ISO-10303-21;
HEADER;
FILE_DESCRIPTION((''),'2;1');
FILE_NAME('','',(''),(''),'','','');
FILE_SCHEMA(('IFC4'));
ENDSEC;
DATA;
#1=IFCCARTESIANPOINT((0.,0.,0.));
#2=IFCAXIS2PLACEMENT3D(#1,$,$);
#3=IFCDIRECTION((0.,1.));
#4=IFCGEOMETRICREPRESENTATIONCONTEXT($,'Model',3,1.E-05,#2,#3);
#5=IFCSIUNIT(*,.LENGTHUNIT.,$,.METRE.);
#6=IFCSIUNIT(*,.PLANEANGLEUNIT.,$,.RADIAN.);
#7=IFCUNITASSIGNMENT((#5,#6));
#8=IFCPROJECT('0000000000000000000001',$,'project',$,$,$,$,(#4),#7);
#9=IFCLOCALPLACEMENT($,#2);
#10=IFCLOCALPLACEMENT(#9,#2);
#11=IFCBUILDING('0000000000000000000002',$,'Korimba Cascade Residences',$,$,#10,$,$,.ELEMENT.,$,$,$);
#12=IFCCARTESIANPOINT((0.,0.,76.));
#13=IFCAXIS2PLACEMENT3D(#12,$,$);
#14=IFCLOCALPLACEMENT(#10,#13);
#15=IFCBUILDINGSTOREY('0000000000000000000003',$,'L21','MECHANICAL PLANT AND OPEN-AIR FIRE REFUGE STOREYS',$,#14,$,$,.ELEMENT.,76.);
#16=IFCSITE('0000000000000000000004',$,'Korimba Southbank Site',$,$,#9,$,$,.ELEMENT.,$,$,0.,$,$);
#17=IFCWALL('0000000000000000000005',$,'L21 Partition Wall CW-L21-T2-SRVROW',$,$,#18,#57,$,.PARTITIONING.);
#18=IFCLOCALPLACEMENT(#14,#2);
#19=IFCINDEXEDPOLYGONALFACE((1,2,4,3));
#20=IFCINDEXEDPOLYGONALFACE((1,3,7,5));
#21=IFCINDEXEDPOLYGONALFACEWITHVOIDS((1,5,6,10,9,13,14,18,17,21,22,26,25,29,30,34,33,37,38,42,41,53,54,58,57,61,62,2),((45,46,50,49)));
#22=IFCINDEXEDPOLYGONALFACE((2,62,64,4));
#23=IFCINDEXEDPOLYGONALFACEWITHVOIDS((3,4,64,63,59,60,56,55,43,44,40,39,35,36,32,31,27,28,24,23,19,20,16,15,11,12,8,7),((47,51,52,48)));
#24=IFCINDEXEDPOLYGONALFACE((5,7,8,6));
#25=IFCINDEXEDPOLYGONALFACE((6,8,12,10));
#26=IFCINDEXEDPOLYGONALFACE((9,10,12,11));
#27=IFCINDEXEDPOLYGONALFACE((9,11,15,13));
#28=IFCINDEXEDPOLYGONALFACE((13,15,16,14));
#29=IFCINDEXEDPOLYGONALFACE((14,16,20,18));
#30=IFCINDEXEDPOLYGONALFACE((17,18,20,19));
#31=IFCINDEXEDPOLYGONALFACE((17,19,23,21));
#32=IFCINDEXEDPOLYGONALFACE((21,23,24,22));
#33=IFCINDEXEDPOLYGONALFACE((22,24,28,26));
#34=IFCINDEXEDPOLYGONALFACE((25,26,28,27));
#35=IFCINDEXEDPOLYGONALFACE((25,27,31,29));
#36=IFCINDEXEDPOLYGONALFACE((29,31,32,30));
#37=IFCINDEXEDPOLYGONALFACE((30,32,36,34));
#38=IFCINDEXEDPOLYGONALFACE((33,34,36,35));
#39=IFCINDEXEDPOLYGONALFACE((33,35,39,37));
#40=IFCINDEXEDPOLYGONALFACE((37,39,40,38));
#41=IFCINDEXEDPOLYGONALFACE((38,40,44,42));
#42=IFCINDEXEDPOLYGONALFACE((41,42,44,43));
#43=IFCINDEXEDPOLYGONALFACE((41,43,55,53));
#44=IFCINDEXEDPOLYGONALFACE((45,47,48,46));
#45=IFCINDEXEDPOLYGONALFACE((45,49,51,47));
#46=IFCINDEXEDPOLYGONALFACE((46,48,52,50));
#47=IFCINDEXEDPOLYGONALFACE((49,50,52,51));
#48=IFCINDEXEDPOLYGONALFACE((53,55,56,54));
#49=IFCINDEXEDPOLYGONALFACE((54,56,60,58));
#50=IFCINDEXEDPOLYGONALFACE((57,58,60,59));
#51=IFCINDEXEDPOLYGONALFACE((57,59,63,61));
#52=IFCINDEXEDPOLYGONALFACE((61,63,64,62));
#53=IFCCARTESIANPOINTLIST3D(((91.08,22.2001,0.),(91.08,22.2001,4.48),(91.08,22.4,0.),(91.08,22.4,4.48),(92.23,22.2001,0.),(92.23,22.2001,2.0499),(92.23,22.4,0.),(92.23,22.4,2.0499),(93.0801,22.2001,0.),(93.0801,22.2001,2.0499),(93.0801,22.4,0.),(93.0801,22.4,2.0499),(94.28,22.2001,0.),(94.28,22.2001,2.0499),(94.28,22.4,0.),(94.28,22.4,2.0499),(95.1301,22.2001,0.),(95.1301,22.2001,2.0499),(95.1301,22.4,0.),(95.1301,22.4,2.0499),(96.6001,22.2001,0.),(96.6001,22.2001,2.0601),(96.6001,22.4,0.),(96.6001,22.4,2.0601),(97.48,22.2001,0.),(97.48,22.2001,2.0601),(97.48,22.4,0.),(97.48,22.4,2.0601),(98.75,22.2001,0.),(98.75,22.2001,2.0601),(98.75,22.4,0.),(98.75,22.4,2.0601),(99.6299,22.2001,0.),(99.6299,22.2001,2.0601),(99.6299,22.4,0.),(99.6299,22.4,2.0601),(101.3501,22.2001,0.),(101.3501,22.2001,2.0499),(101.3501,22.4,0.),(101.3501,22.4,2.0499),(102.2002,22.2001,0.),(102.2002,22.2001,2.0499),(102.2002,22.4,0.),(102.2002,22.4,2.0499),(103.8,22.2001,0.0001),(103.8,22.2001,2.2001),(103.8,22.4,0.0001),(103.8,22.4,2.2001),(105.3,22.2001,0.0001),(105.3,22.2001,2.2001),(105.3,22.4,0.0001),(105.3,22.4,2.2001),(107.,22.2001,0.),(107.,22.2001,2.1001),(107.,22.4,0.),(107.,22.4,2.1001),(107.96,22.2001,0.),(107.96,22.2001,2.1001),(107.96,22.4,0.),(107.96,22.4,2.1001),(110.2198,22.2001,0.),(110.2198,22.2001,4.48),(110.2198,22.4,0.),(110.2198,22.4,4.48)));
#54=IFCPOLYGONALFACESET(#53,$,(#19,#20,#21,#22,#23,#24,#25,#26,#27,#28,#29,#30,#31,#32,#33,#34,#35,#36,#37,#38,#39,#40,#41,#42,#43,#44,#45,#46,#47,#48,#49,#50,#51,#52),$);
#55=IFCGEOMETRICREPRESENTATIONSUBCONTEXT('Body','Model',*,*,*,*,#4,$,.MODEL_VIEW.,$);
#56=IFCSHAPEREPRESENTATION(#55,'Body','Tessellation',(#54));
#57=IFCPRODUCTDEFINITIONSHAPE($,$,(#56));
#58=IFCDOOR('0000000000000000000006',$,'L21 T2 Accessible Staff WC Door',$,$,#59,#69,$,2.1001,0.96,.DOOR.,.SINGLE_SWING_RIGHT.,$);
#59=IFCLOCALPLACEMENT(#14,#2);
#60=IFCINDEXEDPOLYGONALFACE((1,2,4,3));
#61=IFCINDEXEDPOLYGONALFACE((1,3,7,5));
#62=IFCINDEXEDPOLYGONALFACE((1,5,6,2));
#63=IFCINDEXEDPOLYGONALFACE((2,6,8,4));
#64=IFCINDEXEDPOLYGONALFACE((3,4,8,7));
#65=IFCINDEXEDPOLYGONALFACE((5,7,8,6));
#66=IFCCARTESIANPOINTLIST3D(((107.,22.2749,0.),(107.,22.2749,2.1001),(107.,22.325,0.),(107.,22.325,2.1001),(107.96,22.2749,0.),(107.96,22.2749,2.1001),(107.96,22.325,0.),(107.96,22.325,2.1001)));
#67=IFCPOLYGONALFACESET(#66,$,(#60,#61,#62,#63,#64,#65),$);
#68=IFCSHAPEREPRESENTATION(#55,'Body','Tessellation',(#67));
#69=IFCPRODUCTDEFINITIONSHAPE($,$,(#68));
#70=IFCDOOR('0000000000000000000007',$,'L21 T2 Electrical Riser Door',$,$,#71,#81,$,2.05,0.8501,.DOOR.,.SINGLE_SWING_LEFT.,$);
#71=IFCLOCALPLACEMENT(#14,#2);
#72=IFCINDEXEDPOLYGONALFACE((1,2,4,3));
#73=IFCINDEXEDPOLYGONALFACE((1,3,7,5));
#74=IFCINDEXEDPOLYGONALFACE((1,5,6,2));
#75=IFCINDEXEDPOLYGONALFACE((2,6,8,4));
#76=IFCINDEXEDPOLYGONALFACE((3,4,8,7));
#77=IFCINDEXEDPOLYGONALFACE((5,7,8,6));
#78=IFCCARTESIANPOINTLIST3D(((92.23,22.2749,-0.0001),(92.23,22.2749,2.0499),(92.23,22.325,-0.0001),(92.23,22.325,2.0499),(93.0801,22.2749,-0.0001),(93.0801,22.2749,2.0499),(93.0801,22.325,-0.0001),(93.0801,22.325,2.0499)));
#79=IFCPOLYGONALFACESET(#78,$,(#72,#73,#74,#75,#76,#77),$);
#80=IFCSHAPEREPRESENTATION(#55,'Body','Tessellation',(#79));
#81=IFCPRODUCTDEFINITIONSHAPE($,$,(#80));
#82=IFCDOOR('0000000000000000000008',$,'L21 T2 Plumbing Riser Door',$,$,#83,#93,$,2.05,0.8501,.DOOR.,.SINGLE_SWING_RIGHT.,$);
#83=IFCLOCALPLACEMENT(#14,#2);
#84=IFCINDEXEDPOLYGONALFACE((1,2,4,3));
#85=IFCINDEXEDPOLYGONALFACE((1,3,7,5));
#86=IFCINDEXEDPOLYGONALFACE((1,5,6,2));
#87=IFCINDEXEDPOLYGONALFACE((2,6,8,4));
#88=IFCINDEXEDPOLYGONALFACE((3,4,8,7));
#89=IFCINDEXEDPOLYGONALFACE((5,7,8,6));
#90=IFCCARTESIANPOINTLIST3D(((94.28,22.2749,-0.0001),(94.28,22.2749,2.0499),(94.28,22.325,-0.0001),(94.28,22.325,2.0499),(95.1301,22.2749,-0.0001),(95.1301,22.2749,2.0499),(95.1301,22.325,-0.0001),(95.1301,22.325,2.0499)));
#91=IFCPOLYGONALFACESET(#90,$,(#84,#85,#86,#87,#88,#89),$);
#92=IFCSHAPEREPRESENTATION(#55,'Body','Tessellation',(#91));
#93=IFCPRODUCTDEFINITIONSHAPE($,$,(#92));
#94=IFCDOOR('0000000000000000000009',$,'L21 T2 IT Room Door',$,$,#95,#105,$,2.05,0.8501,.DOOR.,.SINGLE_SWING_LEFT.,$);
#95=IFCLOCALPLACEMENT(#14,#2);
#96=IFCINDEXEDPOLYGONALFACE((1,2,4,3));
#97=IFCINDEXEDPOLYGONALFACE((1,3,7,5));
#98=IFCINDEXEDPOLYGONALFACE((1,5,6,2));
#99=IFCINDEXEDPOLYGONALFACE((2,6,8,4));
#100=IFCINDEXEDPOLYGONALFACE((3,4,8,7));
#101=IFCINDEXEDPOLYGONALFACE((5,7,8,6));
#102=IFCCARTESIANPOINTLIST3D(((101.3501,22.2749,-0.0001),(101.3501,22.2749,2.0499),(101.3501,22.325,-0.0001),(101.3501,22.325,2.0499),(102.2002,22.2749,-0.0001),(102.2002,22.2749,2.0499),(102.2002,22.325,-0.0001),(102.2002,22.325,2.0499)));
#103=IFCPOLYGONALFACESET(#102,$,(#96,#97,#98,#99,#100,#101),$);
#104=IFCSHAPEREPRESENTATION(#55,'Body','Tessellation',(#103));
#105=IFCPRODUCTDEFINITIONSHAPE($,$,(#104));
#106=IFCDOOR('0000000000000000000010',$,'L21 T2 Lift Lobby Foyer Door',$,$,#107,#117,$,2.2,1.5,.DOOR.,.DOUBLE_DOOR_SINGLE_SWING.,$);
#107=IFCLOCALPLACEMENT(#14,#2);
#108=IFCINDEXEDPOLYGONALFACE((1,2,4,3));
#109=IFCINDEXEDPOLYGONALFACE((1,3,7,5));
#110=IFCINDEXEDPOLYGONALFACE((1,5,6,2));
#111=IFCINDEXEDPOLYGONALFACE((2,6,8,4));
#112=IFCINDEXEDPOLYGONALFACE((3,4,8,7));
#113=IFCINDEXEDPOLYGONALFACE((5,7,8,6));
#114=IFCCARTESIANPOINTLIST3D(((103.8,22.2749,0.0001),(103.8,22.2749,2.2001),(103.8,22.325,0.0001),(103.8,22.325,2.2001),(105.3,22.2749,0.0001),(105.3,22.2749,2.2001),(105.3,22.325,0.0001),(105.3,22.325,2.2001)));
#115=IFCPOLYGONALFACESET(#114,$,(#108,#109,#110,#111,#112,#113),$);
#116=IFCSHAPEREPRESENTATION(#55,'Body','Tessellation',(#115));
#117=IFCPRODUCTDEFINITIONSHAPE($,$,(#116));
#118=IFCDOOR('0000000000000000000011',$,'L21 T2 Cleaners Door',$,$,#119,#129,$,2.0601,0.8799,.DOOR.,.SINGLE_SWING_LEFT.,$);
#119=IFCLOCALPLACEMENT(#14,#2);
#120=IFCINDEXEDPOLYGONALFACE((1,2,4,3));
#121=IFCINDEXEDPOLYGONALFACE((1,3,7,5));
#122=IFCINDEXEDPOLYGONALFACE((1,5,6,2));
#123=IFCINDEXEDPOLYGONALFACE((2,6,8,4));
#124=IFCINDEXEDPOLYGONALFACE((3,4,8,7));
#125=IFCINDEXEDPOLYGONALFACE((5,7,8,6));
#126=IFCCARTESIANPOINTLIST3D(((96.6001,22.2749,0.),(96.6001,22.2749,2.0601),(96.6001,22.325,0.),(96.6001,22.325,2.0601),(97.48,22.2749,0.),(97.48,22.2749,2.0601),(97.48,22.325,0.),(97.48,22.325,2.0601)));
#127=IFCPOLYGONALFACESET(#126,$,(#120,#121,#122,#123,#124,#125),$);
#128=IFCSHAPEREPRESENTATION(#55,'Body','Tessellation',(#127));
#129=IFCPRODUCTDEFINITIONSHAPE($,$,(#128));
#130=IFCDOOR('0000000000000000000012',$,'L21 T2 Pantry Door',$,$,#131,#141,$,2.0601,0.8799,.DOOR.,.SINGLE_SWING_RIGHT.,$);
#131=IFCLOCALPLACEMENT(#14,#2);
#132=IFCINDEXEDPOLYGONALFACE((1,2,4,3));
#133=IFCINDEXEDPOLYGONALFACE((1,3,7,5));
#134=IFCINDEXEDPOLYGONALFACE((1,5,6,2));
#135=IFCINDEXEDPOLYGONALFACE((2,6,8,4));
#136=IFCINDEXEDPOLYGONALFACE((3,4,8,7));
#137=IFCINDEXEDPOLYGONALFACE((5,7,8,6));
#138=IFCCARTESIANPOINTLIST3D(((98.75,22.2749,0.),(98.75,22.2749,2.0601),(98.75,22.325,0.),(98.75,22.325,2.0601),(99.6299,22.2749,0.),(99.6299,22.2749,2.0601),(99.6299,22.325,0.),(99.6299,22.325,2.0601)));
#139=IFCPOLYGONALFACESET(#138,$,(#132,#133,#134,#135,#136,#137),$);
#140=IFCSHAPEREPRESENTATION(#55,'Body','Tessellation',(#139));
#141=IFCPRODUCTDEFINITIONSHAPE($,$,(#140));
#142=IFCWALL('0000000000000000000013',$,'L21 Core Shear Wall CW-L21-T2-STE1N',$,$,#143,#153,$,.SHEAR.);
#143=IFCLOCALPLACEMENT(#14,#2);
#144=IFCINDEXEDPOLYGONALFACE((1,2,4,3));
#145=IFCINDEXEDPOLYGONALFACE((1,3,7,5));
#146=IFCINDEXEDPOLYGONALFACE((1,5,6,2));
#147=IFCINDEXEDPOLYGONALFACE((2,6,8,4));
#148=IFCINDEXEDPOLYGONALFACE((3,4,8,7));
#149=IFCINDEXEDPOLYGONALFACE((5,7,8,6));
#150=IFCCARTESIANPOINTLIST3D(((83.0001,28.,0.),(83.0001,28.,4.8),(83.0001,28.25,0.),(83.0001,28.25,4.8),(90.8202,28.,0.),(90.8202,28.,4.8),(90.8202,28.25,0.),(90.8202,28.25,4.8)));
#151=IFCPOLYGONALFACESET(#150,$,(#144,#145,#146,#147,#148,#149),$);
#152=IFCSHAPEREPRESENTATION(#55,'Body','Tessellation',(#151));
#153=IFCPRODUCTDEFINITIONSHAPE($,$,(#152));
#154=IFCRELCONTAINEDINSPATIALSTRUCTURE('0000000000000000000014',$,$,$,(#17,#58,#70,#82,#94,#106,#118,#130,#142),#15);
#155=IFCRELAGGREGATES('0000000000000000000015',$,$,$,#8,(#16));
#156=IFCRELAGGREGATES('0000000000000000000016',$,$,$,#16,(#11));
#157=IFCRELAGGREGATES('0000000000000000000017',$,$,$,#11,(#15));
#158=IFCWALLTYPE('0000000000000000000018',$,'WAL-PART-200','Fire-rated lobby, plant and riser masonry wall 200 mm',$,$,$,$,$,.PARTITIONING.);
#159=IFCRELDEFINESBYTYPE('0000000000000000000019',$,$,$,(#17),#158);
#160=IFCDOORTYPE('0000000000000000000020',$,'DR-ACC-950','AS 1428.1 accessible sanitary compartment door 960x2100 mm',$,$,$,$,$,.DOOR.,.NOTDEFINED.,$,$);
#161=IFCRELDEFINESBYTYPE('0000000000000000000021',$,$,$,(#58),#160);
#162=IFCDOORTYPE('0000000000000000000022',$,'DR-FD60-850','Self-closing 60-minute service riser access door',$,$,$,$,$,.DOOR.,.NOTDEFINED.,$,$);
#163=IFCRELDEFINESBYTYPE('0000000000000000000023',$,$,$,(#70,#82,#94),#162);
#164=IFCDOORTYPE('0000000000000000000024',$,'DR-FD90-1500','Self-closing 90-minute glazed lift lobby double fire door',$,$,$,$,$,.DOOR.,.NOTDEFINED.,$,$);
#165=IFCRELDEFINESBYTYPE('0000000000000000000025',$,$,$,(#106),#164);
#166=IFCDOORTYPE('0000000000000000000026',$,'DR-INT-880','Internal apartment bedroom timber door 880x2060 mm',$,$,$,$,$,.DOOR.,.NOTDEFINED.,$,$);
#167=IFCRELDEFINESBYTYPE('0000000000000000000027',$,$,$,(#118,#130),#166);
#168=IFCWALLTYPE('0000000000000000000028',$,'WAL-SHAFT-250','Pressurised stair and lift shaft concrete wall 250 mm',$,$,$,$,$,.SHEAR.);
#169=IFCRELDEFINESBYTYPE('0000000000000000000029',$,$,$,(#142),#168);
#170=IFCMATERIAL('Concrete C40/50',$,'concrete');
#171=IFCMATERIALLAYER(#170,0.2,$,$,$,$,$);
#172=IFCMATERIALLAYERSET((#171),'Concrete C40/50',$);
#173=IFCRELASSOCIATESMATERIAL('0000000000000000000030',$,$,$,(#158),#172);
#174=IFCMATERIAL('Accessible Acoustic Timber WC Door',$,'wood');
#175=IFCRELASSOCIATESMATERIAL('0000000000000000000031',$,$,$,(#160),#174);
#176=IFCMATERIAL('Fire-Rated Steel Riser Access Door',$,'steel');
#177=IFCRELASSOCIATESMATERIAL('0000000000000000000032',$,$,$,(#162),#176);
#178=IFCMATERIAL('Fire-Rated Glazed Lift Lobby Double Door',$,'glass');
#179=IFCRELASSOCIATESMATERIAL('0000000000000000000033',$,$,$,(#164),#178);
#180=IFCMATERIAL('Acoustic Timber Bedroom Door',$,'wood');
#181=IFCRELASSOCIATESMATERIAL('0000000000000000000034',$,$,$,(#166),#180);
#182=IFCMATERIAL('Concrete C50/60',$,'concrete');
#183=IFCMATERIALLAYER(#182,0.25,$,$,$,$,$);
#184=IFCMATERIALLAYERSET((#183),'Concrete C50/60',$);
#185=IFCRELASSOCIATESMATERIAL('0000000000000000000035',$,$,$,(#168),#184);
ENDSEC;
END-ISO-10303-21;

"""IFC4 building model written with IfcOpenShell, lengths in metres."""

from ifc_helpers import new_model, si_unit, direction, frame, frame_2d, origin, place, context, subcontext, project, spatial, rectangle, extrude, material, layer, layer_set, type_object, element, fill, save


model = new_model("IFC4")

# Units and contexts
model_context = context("Model", 3, precision=1e-05, world=origin(), true_north=direction((0.0, 1.0)))
body_context = subcontext(model_context, "Body", "Model", "MODEL_VIEW")
ifc_project = project(units=[si_unit("LENGTHUNIT", "METRE"), si_unit("PLANEANGLEUNIT", "RADIAN")], contexts=[model_context])

# Site, building, storey
site_placement = place(None, origin())
site = spatial("IfcSite", under=ifc_project, at=site_placement, Name="Korimba Southbank Site", CompositionType="ELEMENT", RefElevation=0.0)
building_placement = place(site_placement, origin())
building = spatial("IfcBuilding", under=site, at=building_placement, Name="Korimba Cascade Residences", CompositionType="ELEMENT")
storey_placement = place(building_placement, frame((0.0, 0.0, 76.0)))
storey = spatial("IfcBuildingStorey", under=building, at=storey_placement, Name="L21", Description="MECHANICAL PLANT AND OPEN-AIR FIRE REFUGE STOREYS", CompositionType="ELEMENT", Elevation=76.0)

# Shared definitions
ifc_material_1 = material(Name="Concrete C40/50", Category="concrete")
ifc_layer_1 = layer(ifc_material_1, 0.2)
ifc_layer_set_1 = layer_set([ifc_layer_1], Name="Concrete C40/50")
wall_type_1 = type_object("IfcWallType", Name="WAL-PART-200", Description="Fire-rated lobby, plant and riser masonry wall 200 mm", PredefinedType="PARTITIONING", material=ifc_layer_set_1)

# Wall, openings, doors
wall_1_placement = place(storey_placement, frame((91.0801, 22.3, 0.0), z_axis=(0.0, 0.0, 1.0), x_axis=(1.0, 0.0, 0.0)))
wall_1 = element("IfcWall", 1, at=wall_1_placement, inside=storey, type_object=wall_type_1, Name="L21 Partition Wall CW-L21-T2-SRVROW", PredefinedType="PARTITIONING", context=body_context, shape_type="SweptSolid", body=[
    extrude(rectangle(XDim=19.1399, YDim=0.2, at=frame_2d((9.5698, 0.0))), origin(), (0.0, 0.0, 1.0), 4.48),
])
opening_1_placement = place(wall_1_placement, frame((1.1499, 0.0, 0.0)))
opening_1 = element("IfcOpeningElement", 2, at=opening_1_placement, cuts=wall_1, PredefinedType="OPENING", context=body_context, shape_type="SweptSolid", body=[
    extrude(rectangle(XDim=0.8501, YDim=2.05, at=frame_2d((0.425, 1.0249))), frame((0.0, 0.1099, 0.0), z_axis=(0.0, -1.0, 0.0), x_axis=(1.0, 0.0, 0.0)), (0.0, 0.0, 1.0), 0.22),
])
opening_2_placement = place(wall_1_placement, frame((3.2, 0.0, 0.0)))
opening_2 = element("IfcOpeningElement", 3, at=opening_2_placement, cuts=wall_1, PredefinedType="OPENING", context=body_context, shape_type="SweptSolid", body=[
    extrude(rectangle(XDim=0.8501, YDim=2.05, at=frame_2d((0.425, 1.0249))), frame((0.0, 0.1099, 0.0), z_axis=(0.0, -1.0, 0.0), x_axis=(1.0, 0.0, 0.0)), (0.0, 0.0, 1.0), 0.22),
])
opening_3_placement = place(wall_1_placement, frame((12.72, 0.0, 0.0)))
opening_3 = element("IfcOpeningElement", 4, at=opening_3_placement, cuts=wall_1, PredefinedType="OPENING", context=body_context, shape_type="SweptSolid", body=[
    extrude(rectangle(XDim=1.5, YDim=2.2, at=frame_2d((0.75, 1.1001))), frame((0.0, 0.1099, 0.0), z_axis=(0.0, -1.0, 0.0), x_axis=(1.0, 0.0, 0.0)), (0.0, 0.0, 1.0), 0.22),
])
opening_4_placement = place(wall_1_placement, frame((5.52, 0.0, 0.0)))
opening_4 = element("IfcOpeningElement", 5, at=opening_4_placement, cuts=wall_1, PredefinedType="OPENING", context=body_context, shape_type="SweptSolid", body=[
    extrude(rectangle(XDim=0.8799, YDim=2.0601, at=frame_2d((0.4399, 1.03))), frame((0.0, 0.1099, 0.0), z_axis=(0.0, -1.0, 0.0), x_axis=(1.0, 0.0, 0.0)), (0.0, 0.0, 1.0), 0.22),
])
opening_5_placement = place(wall_1_placement, frame((7.6699, 0.0, 0.0)))
opening_5 = element("IfcOpeningElement", 6, at=opening_5_placement, cuts=wall_1, PredefinedType="OPENING", context=body_context, shape_type="SweptSolid", body=[
    extrude(rectangle(XDim=0.8799, YDim=2.0601, at=frame_2d((0.4399, 1.03))), frame((0.0, 0.1099, 0.0), z_axis=(0.0, -1.0, 0.0), x_axis=(1.0, 0.0, 0.0)), (0.0, 0.0, 1.0), 0.22),
])
opening_6_placement = place(wall_1_placement, frame((10.27, 0.0, 0.0)))
opening_6 = element("IfcOpeningElement", 7, at=opening_6_placement, cuts=wall_1, PredefinedType="OPENING", context=body_context, shape_type="SweptSolid", body=[
    extrude(rectangle(XDim=0.8501, YDim=2.05, at=frame_2d((0.425, 1.0249))), frame((0.0, 0.1099, 0.0), z_axis=(0.0, -1.0, 0.0), x_axis=(1.0, 0.0, 0.0)), (0.0, 0.0, 1.0), 0.22),
])
opening_7_placement = place(wall_1_placement, frame((15.9199, 0.0, 0.0)))
opening_7 = element("IfcOpeningElement", 8, at=opening_7_placement, cuts=wall_1, PredefinedType="OPENING", context=body_context, shape_type="SweptSolid", body=[
    extrude(rectangle(XDim=0.96, YDim=2.1001, at=frame_2d((0.48, 1.05))), frame((0.0, 0.1099, 0.0), z_axis=(0.0, -1.0, 0.0), x_axis=(1.0, 0.0, 0.0)), (0.0, 0.0, 1.0), 0.22),
])
ifc_material_2 = material(Name="Accessible Acoustic Timber WC Door", Category="wood")
door_type_1 = type_object("IfcDoorType", Name="DR-ACC-950", Description="AS 1428.1 accessible sanitary compartment door 960x2100 mm", OperationType="NOTDEFINED", PredefinedType="DOOR", material=ifc_material_2)
door_1_placement = place(opening_7_placement, origin())
door_1 = element("IfcDoor", 9, at=door_1_placement, inside=storey, type_object=door_type_1, Name="L21 T2 Accessible Staff WC Door", OperationType="SINGLE_SWING_RIGHT", OverallHeight=2.1001, OverallWidth=0.96, PredefinedType="DOOR", context=body_context, shape_type="SweptSolid", body=[
    extrude(rectangle(XDim=0.96, YDim=2.1001, at=frame_2d((0.48, 1.05))), frame((0.0, 0.0249, 0.0), z_axis=(0.0, -1.0, 0.0), x_axis=(1.0, 0.0, 0.0)), (0.0, 0.0, 1.0), 0.05),
])
fill(opening_7, door_1)
ifc_material_3 = material(Name="Fire-Rated Steel Riser Access Door", Category="steel")
door_type_2 = type_object("IfcDoorType", Name="DR-FD60-850", Description="Self-closing 60-minute service riser access door", OperationType="NOTDEFINED", PredefinedType="DOOR", material=ifc_material_3)
door_2_placement = place(opening_1_placement, origin())
door_2 = element("IfcDoor", 10, at=door_2_placement, inside=storey, type_object=door_type_2, Name="L21 T2 Electrical Riser Door", OperationType="SINGLE_SWING_LEFT", OverallHeight=2.05, OverallWidth=0.8501, PredefinedType="DOOR", context=body_context, shape_type="SweptSolid", body=[
    extrude(rectangle(XDim=0.8501, YDim=2.05, at=frame_2d((0.425, 1.0249))), frame((0.0, 0.0249, 0.0), z_axis=(0.0, -1.0, 0.0), x_axis=(1.0, 0.0, 0.0)), (0.0, 0.0, 1.0), 0.05),
])
fill(opening_1, door_2)
door_3_placement = place(opening_2_placement, origin())
door_3 = element("IfcDoor", 11, at=door_3_placement, inside=storey, type_object=door_type_2, Name="L21 T2 Plumbing Riser Door", OperationType="SINGLE_SWING_RIGHT", OverallHeight=2.05, OverallWidth=0.8501, PredefinedType="DOOR", context=body_context, shape_type="SweptSolid", body=[
    extrude(rectangle(XDim=0.8501, YDim=2.05, at=frame_2d((0.425, 1.0249))), frame((0.0, 0.0249, 0.0), z_axis=(0.0, -1.0, 0.0), x_axis=(1.0, 0.0, 0.0)), (0.0, 0.0, 1.0), 0.05),
])
fill(opening_2, door_3)
door_4_placement = place(opening_6_placement, origin())
door_4 = element("IfcDoor", 12, at=door_4_placement, inside=storey, type_object=door_type_2, Name="L21 T2 IT Room Door", OperationType="SINGLE_SWING_LEFT", OverallHeight=2.05, OverallWidth=0.8501, PredefinedType="DOOR", context=body_context, shape_type="SweptSolid", body=[
    extrude(rectangle(XDim=0.8501, YDim=2.05, at=frame_2d((0.425, 1.0249))), frame((0.0, 0.0249, 0.0), z_axis=(0.0, -1.0, 0.0), x_axis=(1.0, 0.0, 0.0)), (0.0, 0.0, 1.0), 0.05),
])
fill(opening_6, door_4)
ifc_material_4 = material(Name="Fire-Rated Glazed Lift Lobby Double Door", Category="glass")
door_type_3 = type_object("IfcDoorType", Name="DR-FD90-1500", Description="Self-closing 90-minute glazed lift lobby double fire door", OperationType="NOTDEFINED", PredefinedType="DOOR", material=ifc_material_4)
door_5_placement = place(opening_3_placement, origin())
door_5 = element("IfcDoor", 13, at=door_5_placement, inside=storey, type_object=door_type_3, Name="L21 T2 Lift Lobby Foyer Door", OperationType="DOUBLE_DOOR_SINGLE_SWING", OverallHeight=2.2, OverallWidth=1.5, PredefinedType="DOOR", context=body_context, shape_type="SweptSolid", body=[
    extrude(rectangle(XDim=1.5, YDim=2.2, at=frame_2d((0.75, 1.1001))), frame((0.0, 0.0249, 0.0), z_axis=(0.0, -1.0, 0.0), x_axis=(1.0, 0.0, 0.0)), (0.0, 0.0, 1.0), 0.05),
])
fill(opening_3, door_5)
ifc_material_5 = material(Name="Acoustic Timber Bedroom Door", Category="wood")
door_type_4 = type_object("IfcDoorType", Name="DR-INT-880", Description="Internal apartment bedroom timber door 880x2060 mm", OperationType="NOTDEFINED", PredefinedType="DOOR", material=ifc_material_5)
door_6_placement = place(opening_4_placement, origin())
door_6 = element("IfcDoor", 14, at=door_6_placement, inside=storey, type_object=door_type_4, Name="L21 T2 Cleaners Door", OperationType="SINGLE_SWING_LEFT", OverallHeight=2.0601, OverallWidth=0.8799, PredefinedType="DOOR", context=body_context, shape_type="SweptSolid", body=[
    extrude(rectangle(XDim=0.8799, YDim=2.0601, at=frame_2d((0.4399, 1.03))), frame((0.0, 0.0249, 0.0), z_axis=(0.0, -1.0, 0.0), x_axis=(1.0, 0.0, 0.0)), (0.0, 0.0, 1.0), 0.05),
])
fill(opening_4, door_6)
door_7_placement = place(opening_5_placement, origin())
door_7 = element("IfcDoor", 15, at=door_7_placement, inside=storey, type_object=door_type_4, Name="L21 T2 Pantry Door", OperationType="SINGLE_SWING_RIGHT", OverallHeight=2.0601, OverallWidth=0.8799, PredefinedType="DOOR", context=body_context, shape_type="SweptSolid", body=[
    extrude(rectangle(XDim=0.8799, YDim=2.0601, at=frame_2d((0.4399, 1.03))), frame((0.0, 0.0249, 0.0), z_axis=(0.0, -1.0, 0.0), x_axis=(1.0, 0.0, 0.0)), (0.0, 0.0, 1.0), 0.05),
])
fill(opening_5, door_7)

# Wall
ifc_material_6 = material(Name="Concrete C50/60", Category="concrete")
ifc_layer_2 = layer(ifc_material_6, 0.25)
ifc_layer_set_2 = layer_set([ifc_layer_2], Name="Concrete C50/60")
wall_type_2 = type_object("IfcWallType", Name="WAL-SHAFT-250", Description="Pressurised stair and lift shaft concrete wall 250 mm", PredefinedType="SHEAR", material=ifc_layer_set_2)
wall_2_placement = place(storey_placement, frame((83.0, 28.125, 0.0), z_axis=(0.0, 0.0, 1.0), x_axis=(1.0, 0.0, 0.0)))
element("IfcWall", 16, at=wall_2_placement, inside=storey, type_object=wall_type_2, Name="L21 Core Shear Wall CW-L21-T2-STE1N", PredefinedType="SHEAR", context=body_context, shape_type="SweptSolid", body=[
    extrude(rectangle(XDim=7.8201, YDim=0.25, at=frame_2d((3.9102, 0.0))), origin(), (0.0, 0.0, 1.0), 4.8),
])

save(model, "model.ifc")
